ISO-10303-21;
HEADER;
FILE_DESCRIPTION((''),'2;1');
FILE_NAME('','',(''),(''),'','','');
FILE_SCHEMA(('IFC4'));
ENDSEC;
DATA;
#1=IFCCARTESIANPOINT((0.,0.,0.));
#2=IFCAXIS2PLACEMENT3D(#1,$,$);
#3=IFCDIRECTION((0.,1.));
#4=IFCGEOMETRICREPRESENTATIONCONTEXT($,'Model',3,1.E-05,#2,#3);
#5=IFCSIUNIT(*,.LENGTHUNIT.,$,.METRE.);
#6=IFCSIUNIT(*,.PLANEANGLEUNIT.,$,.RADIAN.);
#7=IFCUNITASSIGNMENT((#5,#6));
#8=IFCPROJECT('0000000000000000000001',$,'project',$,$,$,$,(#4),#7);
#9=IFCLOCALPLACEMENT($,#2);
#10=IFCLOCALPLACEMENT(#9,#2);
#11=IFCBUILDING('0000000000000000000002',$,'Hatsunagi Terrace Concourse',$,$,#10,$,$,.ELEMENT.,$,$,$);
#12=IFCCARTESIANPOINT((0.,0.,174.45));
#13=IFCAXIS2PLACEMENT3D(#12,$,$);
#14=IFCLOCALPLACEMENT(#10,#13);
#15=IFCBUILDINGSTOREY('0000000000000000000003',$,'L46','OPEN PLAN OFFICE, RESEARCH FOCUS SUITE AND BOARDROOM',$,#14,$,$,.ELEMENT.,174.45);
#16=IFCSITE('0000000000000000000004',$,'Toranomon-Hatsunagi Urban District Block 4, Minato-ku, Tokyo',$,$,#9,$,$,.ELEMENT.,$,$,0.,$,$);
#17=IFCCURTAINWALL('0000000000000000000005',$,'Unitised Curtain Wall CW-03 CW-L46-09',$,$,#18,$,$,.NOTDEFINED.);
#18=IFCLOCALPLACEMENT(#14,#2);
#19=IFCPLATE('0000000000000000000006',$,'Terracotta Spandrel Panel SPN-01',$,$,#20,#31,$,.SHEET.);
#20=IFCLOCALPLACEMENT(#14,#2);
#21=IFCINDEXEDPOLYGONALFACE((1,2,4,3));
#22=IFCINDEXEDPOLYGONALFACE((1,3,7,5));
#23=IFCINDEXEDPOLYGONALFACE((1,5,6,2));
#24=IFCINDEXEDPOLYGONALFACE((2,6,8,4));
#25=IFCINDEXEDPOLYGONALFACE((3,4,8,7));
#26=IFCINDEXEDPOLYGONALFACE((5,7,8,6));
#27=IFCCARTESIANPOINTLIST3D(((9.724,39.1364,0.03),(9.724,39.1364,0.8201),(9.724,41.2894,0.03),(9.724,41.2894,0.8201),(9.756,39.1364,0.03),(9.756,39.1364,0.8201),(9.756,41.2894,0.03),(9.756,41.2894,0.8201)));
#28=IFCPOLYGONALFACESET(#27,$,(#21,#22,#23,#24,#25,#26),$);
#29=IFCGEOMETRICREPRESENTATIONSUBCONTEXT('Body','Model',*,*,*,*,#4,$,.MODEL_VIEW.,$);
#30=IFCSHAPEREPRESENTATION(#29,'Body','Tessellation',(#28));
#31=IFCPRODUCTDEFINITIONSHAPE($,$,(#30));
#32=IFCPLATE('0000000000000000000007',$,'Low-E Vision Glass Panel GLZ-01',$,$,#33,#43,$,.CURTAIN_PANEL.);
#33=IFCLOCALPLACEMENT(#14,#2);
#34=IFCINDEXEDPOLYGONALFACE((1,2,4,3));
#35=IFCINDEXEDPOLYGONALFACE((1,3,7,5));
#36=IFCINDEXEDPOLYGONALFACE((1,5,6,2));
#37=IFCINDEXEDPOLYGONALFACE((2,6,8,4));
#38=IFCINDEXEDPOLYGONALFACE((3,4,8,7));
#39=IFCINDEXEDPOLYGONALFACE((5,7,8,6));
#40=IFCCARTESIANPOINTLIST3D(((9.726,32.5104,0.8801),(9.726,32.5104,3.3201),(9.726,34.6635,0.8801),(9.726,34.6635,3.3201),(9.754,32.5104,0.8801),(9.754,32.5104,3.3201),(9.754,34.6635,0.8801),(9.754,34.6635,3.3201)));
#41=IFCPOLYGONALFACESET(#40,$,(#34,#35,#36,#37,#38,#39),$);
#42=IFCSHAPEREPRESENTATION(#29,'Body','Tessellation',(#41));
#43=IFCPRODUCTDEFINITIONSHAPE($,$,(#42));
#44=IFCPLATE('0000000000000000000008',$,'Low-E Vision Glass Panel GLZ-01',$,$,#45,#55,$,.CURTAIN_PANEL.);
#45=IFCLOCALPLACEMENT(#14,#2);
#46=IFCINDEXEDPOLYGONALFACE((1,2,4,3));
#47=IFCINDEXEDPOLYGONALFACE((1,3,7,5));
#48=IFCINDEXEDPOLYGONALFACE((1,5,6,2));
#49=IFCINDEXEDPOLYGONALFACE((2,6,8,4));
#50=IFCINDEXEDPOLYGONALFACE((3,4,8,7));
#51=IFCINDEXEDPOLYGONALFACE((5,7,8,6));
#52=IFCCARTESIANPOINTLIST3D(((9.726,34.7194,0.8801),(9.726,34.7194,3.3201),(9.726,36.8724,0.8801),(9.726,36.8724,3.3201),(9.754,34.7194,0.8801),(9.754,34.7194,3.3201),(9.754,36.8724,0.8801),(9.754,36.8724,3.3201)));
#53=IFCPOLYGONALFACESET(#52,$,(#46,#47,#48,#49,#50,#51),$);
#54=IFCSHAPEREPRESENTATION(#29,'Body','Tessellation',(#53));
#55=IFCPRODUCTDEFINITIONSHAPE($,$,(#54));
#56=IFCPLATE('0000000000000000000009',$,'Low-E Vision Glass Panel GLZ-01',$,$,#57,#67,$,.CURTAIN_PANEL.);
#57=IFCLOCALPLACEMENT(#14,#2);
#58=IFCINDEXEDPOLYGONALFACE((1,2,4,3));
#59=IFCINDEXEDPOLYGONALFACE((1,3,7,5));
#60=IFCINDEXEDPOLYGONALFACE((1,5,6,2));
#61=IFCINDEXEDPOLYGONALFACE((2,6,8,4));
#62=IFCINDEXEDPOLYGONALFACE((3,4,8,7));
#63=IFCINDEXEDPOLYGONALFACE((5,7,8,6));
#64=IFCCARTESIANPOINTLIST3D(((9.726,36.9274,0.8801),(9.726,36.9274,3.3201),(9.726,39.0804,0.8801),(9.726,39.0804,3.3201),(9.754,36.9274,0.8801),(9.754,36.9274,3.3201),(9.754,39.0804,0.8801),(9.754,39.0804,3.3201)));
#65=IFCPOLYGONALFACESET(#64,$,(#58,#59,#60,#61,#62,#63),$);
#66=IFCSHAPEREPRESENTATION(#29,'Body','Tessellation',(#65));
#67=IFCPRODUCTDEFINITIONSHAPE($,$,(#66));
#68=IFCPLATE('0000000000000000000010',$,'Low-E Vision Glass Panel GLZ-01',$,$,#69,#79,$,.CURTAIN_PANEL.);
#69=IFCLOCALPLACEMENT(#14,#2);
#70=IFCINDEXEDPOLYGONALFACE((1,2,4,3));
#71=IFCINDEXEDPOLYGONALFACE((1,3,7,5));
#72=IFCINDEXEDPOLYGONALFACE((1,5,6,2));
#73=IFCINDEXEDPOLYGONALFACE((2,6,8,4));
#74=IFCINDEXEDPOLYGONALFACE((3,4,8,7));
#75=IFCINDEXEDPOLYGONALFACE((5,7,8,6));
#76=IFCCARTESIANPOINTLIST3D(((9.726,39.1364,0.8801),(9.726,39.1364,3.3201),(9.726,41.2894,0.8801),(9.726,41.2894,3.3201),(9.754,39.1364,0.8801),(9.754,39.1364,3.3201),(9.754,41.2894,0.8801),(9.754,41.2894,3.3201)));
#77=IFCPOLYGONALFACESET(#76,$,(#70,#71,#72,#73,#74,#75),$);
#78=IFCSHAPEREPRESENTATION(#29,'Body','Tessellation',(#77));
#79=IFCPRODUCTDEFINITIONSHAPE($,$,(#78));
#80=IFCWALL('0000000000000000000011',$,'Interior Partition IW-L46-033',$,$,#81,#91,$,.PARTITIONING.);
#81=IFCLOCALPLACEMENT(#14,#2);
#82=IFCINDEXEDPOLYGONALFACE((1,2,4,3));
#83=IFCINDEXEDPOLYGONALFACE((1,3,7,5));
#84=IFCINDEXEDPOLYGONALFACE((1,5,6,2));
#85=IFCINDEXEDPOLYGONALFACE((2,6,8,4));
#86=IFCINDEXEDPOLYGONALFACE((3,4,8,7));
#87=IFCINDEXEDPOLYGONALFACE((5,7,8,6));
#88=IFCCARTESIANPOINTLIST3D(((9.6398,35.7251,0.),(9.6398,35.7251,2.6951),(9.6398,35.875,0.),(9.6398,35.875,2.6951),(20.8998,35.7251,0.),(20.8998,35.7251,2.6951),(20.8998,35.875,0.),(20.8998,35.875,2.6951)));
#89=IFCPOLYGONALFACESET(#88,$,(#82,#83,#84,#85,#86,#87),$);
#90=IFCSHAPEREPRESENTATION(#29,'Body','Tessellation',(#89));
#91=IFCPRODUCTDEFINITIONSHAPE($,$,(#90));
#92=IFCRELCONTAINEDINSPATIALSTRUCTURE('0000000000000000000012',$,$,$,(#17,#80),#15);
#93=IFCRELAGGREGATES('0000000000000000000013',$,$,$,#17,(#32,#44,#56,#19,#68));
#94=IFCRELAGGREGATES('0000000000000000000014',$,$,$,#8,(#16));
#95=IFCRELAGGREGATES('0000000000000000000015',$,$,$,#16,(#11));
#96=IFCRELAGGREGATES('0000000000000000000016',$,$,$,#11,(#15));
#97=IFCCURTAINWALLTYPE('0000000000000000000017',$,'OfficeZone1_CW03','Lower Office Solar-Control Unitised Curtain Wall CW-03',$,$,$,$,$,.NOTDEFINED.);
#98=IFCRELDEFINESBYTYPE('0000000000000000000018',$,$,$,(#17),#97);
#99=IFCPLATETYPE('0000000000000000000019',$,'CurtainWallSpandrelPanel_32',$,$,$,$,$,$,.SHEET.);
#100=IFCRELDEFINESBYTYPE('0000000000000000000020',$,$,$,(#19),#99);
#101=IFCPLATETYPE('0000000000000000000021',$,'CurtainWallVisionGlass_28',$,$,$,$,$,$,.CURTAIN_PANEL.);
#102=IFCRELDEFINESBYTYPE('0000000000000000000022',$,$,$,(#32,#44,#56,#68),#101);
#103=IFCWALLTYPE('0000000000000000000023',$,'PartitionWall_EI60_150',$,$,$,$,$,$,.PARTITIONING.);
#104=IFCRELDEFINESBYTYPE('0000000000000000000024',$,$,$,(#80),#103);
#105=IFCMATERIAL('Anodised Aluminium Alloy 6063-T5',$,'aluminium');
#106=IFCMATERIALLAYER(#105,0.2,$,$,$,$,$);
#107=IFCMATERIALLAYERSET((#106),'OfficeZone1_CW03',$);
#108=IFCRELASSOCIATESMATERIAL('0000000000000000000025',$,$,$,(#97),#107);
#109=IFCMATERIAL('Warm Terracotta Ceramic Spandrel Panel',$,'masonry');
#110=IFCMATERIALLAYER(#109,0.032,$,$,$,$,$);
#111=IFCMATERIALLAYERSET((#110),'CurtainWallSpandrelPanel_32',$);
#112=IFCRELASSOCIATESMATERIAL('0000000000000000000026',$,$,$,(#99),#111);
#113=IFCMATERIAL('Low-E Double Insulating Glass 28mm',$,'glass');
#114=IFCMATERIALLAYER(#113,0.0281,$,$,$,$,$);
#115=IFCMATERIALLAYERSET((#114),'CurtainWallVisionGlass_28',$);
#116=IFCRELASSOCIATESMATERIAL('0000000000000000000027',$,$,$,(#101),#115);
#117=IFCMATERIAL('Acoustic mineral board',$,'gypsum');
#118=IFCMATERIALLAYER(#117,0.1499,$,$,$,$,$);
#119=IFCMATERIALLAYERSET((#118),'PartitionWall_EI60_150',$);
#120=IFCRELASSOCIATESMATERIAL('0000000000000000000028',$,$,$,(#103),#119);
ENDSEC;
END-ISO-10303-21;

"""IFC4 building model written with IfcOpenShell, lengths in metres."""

from ifc_helpers import new_model, si_unit, direction, frame, frame_2d, origin, origin_2d, place, context, subcontext, project, spatial, rectangle, extrude, material, layer, layer_set, type_object, element, aggregate, save


model = new_model("IFC4")

# Units and contexts
model_context = context("Model", 3, precision=1e-05, world=origin(), true_north=direction((0.0, 1.0)))
body_context = subcontext(model_context, "Body", "Model", "MODEL_VIEW")
ifc_project = project(units=[si_unit("LENGTHUNIT", "METRE"), si_unit("PLANEANGLEUNIT", "RADIAN")], contexts=[model_context])

# Site, building, storey
site_placement = place(None, origin())
site = spatial("IfcSite", under=ifc_project, at=site_placement, Name="Toranomon-Hatsunagi Urban District Block 4, Minato-ku, Tokyo", CompositionType="ELEMENT", RefElevation=0.0)
building_placement = place(site_placement, origin())
building = spatial("IfcBuilding", under=site, at=building_placement, Name="Hatsunagi Terrace Concourse", CompositionType="ELEMENT")
storey_placement = place(building_placement, frame((0.0, 0.0, 174.45)))
storey = spatial("IfcBuildingStorey", under=building, at=storey_placement, Name="L46", Description="OPEN PLAN OFFICE, RESEARCH FOCUS SUITE AND BOARDROOM", CompositionType="ELEMENT", Elevation=174.45)

# Curtain wall
ifc_material_1 = material(Name="Anodised Aluminium Alloy 6063-T5", Category="aluminium")
ifc_layer_1 = layer(ifc_material_1, 0.2)
ifc_layer_set_1 = layer_set([ifc_layer_1], Name="OfficeZone1_CW03")
curtain_wall_type = type_object("IfcCurtainWallType", Name="OfficeZone1_CW03", Description="Lower Office Solar-Control Unitised Curtain Wall CW-03", PredefinedType="NOTDEFINED", material=ifc_layer_set_1)
curtain_wall_placement = place(storey_placement, origin())
curtain_wall = element("IfcCurtainWall", 1, at=curtain_wall_placement, inside=storey, type_object=curtain_wall_type, Name="Unitised Curtain Wall CW-03 CW-L46-09", PredefinedType="NOTDEFINED")

# Plates
ifc_material_2 = material(Name="Warm Terracotta Ceramic Spandrel Panel", Category="masonry")
ifc_layer_2 = layer(ifc_material_2, 0.032)
ifc_layer_set_2 = layer_set([ifc_layer_2], Name="CurtainWallSpandrelPanel_32")
plate_type_1 = type_object("IfcPlateType", Name="CurtainWallSpandrelPanel_32", PredefinedType="SHEET", material=ifc_layer_set_2)
plate_1_placement = place(storey_placement, frame((9.74, 40.2129, 0.03), z_axis=(0.0, 0.0, 1.0), x_axis=(0.0, 1.0, 0.0)))
plate_1 = element("IfcPlate", 2, at=plate_1_placement, type_object=plate_type_1, Name="Terracotta Spandrel Panel SPN-01", PredefinedType="SHEET", context=body_context, shape_type="SweptSolid", body=[
    extrude(rectangle(XDim=2.1531, YDim=0.032, at=origin_2d()), origin(), (0.0, 0.0, 1.0), 0.79),
])
ifc_material_3 = material(Name="Low-E Double Insulating Glass 28mm", Category="glass")
ifc_layer_3 = layer(ifc_material_3, 0.0281)
ifc_layer_set_3 = layer_set([ifc_layer_3], Name="CurtainWallVisionGlass_28")
plate_type_2 = type_object("IfcPlateType", Name="CurtainWallVisionGlass_28", PredefinedType="CURTAIN_PANEL", material=ifc_layer_set_3)
plate_2_placement = place(storey_placement, frame((9.74, 33.5869, 0.8801), z_axis=(0.0, 0.0, 1.0), x_axis=(0.0, 1.0, 0.0)))
plate_2 = element("IfcPlate", 3, at=plate_2_placement, type_object=plate_type_2, Name="Low-E Vision Glass Panel GLZ-01", PredefinedType="CURTAIN_PANEL", context=body_context, shape_type="SweptSolid", body=[
    extrude(rectangle(XDim=2.1531, YDim=0.0281, at=origin_2d()), origin(), (0.0, 0.0, 1.0), 2.4399),
])
plate_3_placement = place(storey_placement, frame((9.74, 35.7959, 0.8801), z_axis=(0.0, 0.0, 1.0), x_axis=(0.0, 1.0, 0.0)))
plate_3 = element("IfcPlate", 4, at=plate_3_placement, type_object=plate_type_2, Name="Low-E Vision Glass Panel GLZ-01", PredefinedType="CURTAIN_PANEL", context=body_context, shape_type="SweptSolid", body=[
    extrude(rectangle(XDim=2.1531, YDim=0.0281, at=origin_2d()), origin(), (0.0, 0.0, 1.0), 2.4399),
])
plate_4_placement = place(storey_placement, frame((9.74, 38.0039, 0.8801), z_axis=(0.0, 0.0, 1.0), x_axis=(0.0, 1.0, 0.0)))
plate_4 = element("IfcPlate", 5, at=plate_4_placement, type_object=plate_type_2, Name="Low-E Vision Glass Panel GLZ-01", PredefinedType="CURTAIN_PANEL", context=body_context, shape_type="SweptSolid", body=[
    extrude(rectangle(XDim=2.1531, YDim=0.0281, at=origin_2d()), origin(), (0.0, 0.0, 1.0), 2.4399),
])
plate_5_placement = place(storey_placement, frame((9.74, 40.2129, 0.8801), z_axis=(0.0, 0.0, 1.0), x_axis=(0.0, 1.0, 0.0)))
plate_5 = element("IfcPlate", 6, at=plate_5_placement, type_object=plate_type_2, Name="Low-E Vision Glass Panel GLZ-01", PredefinedType="CURTAIN_PANEL", context=body_context, shape_type="SweptSolid", body=[
    extrude(rectangle(XDim=2.1531, YDim=0.0281, at=origin_2d()), origin(), (0.0, 0.0, 1.0), 2.4399),
])
aggregate(curtain_wall, [plate_2, plate_3, plate_4, plate_1, plate_5])

# Wall
ifc_material_4 = material(Name="Acoustic mineral board", Category="gypsum")
ifc_layer_4 = layer(ifc_material_4, 0.1499)
ifc_layer_set_4 = layer_set([ifc_layer_4], Name="PartitionWall_EI60_150")
wall_type = type_object("IfcWallType", Name="PartitionWall_EI60_150", PredefinedType="PARTITIONING", material=ifc_layer_set_4)
wall_placement = place(storey_placement, frame((9.6399, 35.8, 0.0), z_axis=(0.0, 0.0, 1.0), x_axis=(1.0, 0.0, 0.0)))
element("IfcWall", 7, at=wall_placement, inside=storey, type_object=wall_type, Name="Interior Partition IW-L46-033", PredefinedType="PARTITIONING", context=body_context, shape_type="SweptSolid", body=[
    extrude(rectangle(XDim=11.26, YDim=0.1499, at=frame_2d((5.6299, 0.0))), origin(), (0.0, 0.0, 1.0), 2.6951),
])

save(model, "model.ifc")
